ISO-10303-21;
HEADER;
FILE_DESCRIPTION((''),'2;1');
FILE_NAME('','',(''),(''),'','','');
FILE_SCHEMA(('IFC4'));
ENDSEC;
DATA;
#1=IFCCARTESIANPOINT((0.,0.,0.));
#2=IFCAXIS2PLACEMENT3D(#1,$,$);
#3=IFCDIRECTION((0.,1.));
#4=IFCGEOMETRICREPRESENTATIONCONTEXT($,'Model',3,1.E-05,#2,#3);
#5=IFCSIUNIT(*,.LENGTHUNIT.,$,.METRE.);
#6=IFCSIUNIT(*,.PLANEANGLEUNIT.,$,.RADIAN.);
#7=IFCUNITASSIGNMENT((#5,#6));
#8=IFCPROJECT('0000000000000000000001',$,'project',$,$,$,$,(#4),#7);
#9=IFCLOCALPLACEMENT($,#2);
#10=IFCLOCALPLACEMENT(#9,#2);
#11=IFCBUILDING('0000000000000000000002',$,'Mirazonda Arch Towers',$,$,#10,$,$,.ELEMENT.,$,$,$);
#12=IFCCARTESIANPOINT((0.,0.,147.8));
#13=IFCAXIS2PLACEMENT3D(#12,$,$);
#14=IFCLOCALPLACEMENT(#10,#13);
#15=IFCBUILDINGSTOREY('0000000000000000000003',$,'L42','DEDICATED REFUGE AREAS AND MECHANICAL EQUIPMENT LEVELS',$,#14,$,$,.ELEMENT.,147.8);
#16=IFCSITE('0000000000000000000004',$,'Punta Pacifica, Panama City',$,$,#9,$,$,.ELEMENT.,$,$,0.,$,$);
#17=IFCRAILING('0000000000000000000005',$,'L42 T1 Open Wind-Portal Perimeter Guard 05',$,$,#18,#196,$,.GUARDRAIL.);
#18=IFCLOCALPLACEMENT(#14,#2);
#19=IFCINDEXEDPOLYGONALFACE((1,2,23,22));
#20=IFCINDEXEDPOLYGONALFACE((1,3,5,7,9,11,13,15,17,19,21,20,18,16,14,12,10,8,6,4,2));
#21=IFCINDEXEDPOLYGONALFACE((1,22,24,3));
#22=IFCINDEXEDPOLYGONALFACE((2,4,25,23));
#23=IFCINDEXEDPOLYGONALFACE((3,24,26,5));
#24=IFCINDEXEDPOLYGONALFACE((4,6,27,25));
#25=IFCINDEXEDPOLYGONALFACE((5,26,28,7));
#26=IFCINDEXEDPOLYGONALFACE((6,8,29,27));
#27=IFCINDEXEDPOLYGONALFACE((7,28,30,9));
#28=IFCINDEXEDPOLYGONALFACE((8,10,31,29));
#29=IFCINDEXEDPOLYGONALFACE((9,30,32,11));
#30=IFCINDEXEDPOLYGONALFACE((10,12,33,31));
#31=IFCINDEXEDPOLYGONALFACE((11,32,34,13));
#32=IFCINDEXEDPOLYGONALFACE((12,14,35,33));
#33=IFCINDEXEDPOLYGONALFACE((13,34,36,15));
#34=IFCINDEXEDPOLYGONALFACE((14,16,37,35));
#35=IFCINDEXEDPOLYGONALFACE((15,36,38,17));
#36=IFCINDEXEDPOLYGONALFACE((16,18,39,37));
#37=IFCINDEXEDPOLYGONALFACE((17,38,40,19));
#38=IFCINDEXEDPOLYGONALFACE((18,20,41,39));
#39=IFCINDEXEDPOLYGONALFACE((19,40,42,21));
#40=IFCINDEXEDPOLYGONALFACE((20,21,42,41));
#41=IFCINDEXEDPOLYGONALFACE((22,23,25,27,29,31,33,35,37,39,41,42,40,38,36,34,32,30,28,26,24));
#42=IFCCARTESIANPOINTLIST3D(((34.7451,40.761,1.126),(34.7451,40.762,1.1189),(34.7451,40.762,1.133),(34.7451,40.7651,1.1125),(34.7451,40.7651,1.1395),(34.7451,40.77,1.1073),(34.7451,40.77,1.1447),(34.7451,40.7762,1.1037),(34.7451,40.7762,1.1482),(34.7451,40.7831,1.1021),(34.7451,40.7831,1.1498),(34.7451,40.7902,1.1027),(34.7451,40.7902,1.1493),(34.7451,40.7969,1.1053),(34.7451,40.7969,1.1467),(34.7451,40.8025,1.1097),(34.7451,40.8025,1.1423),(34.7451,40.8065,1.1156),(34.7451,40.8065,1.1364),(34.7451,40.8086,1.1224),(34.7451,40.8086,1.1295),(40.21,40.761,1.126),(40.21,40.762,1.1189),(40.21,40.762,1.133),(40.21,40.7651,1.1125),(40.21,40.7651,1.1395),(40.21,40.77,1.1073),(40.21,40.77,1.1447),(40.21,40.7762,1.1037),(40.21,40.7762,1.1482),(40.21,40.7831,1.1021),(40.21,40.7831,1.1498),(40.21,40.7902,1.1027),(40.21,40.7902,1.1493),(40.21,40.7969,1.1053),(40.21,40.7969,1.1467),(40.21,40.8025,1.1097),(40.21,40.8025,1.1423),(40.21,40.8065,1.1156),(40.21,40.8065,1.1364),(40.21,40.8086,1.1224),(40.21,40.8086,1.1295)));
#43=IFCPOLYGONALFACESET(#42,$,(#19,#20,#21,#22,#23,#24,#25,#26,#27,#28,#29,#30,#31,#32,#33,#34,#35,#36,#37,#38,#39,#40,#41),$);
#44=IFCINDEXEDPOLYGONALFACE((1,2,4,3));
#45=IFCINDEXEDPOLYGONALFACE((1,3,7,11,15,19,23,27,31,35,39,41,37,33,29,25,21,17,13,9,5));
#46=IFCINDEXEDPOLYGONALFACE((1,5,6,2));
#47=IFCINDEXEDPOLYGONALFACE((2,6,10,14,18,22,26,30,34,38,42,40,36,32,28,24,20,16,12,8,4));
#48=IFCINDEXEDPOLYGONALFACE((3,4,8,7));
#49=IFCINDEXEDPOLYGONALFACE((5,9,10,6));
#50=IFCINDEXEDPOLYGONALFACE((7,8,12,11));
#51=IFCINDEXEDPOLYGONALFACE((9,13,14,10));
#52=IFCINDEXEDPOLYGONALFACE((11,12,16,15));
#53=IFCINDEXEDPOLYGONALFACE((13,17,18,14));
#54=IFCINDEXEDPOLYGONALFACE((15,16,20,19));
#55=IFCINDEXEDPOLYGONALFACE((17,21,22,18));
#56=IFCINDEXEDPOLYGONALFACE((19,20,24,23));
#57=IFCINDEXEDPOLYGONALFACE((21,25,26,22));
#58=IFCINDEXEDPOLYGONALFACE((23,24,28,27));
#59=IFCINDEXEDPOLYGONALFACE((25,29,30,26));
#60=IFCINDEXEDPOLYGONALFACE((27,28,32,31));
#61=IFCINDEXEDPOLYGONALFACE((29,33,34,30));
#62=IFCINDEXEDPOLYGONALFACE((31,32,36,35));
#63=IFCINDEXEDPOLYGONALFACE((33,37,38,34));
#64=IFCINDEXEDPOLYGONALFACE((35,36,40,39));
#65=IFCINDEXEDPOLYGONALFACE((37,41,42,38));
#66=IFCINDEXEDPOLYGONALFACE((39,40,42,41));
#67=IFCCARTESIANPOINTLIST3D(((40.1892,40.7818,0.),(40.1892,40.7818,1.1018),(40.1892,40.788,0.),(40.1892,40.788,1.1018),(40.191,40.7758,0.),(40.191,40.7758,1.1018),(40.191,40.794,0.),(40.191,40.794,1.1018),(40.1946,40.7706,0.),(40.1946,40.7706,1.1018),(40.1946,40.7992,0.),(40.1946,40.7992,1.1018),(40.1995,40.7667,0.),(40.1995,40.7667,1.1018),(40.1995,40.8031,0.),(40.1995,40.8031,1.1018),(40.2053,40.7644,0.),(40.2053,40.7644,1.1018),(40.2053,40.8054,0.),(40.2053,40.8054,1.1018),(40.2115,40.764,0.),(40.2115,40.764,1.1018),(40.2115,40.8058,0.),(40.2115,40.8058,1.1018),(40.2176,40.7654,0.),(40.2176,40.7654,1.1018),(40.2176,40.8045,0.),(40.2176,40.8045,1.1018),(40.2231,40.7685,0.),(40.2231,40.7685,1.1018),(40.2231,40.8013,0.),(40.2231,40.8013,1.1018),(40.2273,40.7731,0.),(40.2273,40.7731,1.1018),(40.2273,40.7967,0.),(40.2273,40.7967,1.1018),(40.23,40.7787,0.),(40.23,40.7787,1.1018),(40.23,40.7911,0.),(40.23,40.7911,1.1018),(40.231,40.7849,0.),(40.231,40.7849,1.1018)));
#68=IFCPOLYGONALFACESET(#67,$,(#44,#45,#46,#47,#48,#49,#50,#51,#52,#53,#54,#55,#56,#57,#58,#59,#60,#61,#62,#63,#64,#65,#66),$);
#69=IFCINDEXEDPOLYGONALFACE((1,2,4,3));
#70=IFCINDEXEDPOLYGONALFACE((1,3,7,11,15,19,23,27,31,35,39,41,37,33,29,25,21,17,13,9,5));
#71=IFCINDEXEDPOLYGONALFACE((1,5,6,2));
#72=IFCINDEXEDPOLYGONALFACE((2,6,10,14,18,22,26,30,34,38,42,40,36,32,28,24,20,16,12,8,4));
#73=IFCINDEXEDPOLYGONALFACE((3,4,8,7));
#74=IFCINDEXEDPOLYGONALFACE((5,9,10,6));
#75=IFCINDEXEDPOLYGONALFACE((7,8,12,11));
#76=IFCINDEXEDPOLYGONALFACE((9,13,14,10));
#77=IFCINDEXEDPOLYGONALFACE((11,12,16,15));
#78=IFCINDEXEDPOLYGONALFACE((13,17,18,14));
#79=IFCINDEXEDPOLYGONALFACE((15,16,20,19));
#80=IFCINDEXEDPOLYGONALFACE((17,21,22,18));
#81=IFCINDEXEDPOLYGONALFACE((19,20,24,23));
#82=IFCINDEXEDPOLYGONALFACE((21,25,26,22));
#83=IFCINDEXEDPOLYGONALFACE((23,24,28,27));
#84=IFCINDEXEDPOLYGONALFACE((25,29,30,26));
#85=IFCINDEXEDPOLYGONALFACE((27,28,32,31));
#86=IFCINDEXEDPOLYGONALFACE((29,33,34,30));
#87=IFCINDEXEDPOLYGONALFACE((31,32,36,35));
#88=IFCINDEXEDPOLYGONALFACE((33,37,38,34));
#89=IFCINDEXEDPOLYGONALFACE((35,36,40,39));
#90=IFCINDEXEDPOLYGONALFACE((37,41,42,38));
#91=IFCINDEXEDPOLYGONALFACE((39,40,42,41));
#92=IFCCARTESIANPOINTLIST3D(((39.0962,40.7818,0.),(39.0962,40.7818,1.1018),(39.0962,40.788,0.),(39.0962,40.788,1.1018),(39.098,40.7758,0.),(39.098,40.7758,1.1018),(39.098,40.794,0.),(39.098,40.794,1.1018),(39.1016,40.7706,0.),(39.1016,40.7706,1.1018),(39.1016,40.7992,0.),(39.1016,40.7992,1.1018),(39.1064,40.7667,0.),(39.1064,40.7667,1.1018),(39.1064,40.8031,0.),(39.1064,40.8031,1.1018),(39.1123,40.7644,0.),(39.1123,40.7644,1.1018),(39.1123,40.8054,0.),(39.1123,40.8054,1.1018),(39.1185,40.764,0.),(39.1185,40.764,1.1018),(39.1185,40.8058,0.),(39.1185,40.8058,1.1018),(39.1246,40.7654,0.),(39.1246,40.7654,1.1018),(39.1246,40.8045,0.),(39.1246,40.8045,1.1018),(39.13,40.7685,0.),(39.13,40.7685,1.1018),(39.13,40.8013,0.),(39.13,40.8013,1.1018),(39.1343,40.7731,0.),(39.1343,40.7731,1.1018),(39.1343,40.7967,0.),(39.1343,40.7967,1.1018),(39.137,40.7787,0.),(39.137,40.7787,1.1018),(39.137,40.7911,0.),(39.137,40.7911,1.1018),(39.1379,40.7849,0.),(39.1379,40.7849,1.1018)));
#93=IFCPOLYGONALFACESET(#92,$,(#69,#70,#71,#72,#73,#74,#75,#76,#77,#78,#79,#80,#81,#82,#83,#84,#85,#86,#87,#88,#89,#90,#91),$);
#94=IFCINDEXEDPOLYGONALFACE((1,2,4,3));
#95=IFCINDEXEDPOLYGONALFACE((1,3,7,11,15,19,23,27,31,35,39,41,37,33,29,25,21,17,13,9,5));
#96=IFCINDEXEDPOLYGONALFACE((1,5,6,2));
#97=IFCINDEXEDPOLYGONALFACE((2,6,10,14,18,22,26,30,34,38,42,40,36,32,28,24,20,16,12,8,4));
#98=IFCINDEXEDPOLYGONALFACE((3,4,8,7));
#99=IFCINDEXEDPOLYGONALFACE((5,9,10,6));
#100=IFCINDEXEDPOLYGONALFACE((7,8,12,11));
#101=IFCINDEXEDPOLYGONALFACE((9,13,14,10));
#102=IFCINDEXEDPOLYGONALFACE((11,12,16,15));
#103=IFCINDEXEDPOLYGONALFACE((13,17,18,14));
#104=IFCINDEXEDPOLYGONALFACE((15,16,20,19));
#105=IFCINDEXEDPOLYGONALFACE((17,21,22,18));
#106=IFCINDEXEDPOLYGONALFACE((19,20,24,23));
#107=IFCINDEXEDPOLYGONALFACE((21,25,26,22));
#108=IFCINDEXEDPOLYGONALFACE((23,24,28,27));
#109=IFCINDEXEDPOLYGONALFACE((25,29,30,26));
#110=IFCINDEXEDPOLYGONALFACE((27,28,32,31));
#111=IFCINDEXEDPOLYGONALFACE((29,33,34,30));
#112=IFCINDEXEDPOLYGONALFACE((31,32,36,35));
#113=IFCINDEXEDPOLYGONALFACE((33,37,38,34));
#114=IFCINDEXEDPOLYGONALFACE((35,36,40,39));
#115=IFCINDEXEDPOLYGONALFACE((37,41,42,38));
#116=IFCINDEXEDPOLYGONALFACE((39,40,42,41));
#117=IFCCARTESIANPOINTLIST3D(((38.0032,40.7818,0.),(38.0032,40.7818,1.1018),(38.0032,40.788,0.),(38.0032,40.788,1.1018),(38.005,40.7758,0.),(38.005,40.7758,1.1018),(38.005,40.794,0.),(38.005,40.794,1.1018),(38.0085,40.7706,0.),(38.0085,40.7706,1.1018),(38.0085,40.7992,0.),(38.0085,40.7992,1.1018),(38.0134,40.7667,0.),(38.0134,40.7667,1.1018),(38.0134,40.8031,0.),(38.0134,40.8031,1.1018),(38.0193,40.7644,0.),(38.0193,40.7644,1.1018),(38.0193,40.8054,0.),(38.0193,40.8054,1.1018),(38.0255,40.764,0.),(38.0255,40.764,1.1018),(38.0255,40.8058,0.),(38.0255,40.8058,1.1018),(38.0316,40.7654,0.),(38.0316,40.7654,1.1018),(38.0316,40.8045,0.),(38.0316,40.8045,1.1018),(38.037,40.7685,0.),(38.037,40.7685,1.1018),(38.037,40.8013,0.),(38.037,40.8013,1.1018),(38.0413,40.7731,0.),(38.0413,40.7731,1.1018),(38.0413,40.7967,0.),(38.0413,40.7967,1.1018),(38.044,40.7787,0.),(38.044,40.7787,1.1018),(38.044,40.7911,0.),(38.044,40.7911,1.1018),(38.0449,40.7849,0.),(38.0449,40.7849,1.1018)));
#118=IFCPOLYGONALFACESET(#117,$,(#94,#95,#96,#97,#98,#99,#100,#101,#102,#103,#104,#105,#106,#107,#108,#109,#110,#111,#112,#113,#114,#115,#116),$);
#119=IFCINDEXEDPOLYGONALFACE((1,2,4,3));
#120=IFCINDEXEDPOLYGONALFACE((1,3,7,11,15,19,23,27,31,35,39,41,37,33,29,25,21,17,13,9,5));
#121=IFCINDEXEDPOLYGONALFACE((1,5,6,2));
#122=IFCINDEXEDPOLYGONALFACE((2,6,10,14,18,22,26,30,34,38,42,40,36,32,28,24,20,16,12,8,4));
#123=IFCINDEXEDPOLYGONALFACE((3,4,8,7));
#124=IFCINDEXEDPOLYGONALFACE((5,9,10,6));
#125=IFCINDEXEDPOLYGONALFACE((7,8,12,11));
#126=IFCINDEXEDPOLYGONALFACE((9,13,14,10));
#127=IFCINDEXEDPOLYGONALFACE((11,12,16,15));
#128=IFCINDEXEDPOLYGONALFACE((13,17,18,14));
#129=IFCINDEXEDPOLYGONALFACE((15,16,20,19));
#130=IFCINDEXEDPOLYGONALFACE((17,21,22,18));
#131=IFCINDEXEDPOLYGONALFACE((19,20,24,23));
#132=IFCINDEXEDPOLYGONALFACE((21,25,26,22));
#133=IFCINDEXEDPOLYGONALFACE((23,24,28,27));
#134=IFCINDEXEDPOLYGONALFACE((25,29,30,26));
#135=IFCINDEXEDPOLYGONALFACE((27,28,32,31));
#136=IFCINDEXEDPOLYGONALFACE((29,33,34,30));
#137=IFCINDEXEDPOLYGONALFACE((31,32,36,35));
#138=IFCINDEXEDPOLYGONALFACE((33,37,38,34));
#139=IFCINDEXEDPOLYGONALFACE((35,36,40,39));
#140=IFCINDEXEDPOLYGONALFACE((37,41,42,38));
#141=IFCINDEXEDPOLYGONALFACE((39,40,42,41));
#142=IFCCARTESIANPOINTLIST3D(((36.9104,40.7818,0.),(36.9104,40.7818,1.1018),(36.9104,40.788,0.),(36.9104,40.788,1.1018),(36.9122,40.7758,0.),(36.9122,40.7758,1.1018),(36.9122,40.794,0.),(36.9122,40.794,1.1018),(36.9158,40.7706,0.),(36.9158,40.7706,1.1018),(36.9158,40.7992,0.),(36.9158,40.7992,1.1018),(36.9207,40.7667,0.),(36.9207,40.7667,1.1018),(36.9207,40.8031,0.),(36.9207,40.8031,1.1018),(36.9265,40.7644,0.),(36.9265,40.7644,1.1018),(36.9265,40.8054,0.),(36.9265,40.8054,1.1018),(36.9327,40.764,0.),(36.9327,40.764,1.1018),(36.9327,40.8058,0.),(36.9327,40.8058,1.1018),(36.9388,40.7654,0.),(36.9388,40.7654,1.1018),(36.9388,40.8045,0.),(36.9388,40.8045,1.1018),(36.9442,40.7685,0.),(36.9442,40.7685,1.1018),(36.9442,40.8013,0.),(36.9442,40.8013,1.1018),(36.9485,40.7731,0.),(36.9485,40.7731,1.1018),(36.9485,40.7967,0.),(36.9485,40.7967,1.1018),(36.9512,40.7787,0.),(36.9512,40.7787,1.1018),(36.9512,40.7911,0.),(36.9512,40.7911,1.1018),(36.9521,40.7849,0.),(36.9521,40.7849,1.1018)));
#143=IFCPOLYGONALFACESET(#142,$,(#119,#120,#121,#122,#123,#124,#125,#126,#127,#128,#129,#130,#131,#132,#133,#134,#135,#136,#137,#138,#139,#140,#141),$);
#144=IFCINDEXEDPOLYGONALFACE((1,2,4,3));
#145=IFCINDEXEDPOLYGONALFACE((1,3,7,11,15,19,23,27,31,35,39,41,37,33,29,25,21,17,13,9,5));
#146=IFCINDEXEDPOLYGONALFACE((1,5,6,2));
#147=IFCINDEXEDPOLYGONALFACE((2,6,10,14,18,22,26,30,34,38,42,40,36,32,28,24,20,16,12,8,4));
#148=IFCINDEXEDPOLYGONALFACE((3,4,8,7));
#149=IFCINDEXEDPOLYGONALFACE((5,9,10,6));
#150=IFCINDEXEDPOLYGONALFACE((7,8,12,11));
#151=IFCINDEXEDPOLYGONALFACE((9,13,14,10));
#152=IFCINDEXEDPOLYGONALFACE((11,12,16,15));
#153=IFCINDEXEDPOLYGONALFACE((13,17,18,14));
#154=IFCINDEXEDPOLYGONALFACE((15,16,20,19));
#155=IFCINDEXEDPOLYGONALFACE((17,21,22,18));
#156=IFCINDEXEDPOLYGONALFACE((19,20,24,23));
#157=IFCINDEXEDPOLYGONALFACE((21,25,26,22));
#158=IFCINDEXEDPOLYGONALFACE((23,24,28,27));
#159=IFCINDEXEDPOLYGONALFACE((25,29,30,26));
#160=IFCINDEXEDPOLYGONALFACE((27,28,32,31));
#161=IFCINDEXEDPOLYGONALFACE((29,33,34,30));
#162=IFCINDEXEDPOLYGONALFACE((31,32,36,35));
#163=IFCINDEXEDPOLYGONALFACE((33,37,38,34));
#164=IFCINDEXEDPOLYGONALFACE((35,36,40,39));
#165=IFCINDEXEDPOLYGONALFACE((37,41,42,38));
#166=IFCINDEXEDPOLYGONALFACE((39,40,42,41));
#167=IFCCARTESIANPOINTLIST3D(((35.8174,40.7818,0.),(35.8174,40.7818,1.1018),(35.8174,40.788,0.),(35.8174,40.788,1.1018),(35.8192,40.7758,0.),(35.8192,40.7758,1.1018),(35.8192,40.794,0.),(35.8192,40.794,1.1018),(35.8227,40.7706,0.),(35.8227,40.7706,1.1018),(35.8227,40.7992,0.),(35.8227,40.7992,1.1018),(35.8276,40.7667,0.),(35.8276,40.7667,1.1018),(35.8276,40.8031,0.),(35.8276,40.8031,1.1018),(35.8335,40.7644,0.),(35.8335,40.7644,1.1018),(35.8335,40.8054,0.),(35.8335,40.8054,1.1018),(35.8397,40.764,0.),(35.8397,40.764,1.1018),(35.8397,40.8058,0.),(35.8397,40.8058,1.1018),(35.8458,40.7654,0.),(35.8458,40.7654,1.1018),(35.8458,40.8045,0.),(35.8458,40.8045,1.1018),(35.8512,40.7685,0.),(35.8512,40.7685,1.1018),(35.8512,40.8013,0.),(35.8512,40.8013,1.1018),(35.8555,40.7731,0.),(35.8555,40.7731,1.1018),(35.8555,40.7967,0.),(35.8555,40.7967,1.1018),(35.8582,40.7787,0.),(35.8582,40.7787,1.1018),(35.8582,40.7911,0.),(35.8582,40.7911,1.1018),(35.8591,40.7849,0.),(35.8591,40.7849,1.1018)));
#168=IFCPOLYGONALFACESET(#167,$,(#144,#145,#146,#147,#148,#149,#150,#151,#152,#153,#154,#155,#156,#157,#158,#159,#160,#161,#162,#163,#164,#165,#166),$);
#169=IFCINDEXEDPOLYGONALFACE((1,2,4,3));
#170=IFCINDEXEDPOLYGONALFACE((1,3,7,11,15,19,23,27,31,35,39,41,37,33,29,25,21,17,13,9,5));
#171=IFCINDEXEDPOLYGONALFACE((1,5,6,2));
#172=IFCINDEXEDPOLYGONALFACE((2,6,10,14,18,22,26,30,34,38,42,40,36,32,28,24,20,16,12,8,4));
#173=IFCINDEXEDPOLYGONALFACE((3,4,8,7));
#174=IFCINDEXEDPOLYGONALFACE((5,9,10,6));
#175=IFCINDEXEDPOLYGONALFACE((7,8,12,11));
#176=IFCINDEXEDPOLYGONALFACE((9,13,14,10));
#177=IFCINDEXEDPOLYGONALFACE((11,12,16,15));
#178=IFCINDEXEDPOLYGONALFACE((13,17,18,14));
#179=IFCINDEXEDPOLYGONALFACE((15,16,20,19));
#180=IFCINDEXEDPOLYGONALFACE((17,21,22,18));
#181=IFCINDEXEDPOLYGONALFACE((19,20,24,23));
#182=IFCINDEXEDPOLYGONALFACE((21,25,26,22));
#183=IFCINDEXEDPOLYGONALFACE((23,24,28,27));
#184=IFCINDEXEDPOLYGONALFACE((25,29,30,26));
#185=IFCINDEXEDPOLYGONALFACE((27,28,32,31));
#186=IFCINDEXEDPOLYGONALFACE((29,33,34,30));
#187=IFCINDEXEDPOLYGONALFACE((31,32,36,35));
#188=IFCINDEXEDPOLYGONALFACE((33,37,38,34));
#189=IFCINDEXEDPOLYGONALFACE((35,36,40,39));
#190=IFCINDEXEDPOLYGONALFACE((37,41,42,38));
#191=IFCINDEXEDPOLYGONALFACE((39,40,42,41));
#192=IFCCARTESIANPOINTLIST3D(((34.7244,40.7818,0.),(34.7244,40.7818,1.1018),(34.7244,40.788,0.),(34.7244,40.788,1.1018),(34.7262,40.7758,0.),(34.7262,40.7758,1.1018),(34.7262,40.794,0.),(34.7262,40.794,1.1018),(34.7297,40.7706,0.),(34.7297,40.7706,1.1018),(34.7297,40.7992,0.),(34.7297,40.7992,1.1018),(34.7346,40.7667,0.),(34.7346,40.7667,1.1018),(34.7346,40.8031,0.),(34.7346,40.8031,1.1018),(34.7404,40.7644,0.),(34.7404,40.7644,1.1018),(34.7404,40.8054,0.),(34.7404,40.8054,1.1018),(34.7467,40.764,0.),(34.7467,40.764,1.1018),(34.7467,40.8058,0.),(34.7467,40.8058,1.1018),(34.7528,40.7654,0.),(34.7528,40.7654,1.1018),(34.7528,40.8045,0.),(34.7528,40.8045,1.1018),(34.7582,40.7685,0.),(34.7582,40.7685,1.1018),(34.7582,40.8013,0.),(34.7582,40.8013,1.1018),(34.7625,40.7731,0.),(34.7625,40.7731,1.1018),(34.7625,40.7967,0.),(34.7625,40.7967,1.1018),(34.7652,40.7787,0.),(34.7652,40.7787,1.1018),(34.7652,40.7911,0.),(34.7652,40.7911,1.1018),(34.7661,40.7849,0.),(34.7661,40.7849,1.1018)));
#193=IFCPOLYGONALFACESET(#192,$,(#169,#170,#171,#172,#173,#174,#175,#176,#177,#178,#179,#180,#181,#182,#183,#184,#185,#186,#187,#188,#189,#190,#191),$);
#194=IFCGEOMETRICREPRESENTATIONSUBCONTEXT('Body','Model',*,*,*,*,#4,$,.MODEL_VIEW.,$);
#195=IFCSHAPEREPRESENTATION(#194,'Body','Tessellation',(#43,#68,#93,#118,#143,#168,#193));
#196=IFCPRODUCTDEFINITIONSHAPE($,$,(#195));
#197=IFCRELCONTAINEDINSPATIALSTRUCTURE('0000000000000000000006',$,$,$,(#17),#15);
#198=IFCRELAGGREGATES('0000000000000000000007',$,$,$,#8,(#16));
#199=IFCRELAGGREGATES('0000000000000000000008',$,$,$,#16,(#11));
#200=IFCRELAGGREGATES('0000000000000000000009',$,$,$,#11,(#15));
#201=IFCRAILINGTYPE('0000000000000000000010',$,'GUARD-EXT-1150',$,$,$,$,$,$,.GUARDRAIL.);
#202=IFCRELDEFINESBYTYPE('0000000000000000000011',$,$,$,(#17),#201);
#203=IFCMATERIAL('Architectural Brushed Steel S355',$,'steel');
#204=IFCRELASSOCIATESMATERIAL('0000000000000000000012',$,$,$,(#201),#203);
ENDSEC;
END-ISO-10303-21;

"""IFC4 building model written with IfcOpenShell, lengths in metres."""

from ifc_helpers import new_model, si_unit, direction, frame, origin, origin_2d, place, context, subcontext, project, spatial, circle, extrude, material, type_object, element, save


model = new_model("IFC4")

# Units and contexts
model_context = context("Model", 3, precision=1e-05, world=origin(), true_north=direction((0.0, 1.0)))
body_context = subcontext(model_context, "Body", "Model", "MODEL_VIEW")
ifc_project = project(units=[si_unit("LENGTHUNIT", "METRE"), si_unit("PLANEANGLEUNIT", "RADIAN")], contexts=[model_context])

# Site, building, storey
site_placement = place(None, origin())
site = spatial("IfcSite", under=ifc_project, at=site_placement, Name="Punta Pacifica, Panama City", CompositionType="ELEMENT", RefElevation=0.0)
building_placement = place(site_placement, origin())
building = spatial("IfcBuilding", under=site, at=building_placement, Name="Mirazonda Arch Towers", CompositionType="ELEMENT")
storey_placement = place(building_placement, frame((0.0, 0.0, 147.8)))
storey = spatial("IfcBuildingStorey", under=building, at=storey_placement, Name="L42", Description="DEDICATED REFUGE AREAS AND MECHANICAL EQUIPMENT LEVELS", CompositionType="ELEMENT", Elevation=147.8)

# Railing
ifc_material_1 = material(Name="Architectural Brushed Steel S355", Category="steel")
railing_type = type_object("IfcRailingType", Name="GUARD-EXT-1150", PredefinedType="GUARDRAIL", material=ifc_material_1)
railing_1_placement = place(storey_placement, frame((40.21, 40.7849, 0.0)))
element("IfcRailing", 1, at=railing_1_placement, inside=storey, type_object=railing_type, Name="L42 T1 Open Wind-Portal Perimeter Guard 05", PredefinedType="GUARDRAIL", context=body_context, shape_type="SweptSolid", body=[
    extrude(circle(Radius=0.0239, at=origin_2d()), frame((0.0, 0.0, 1.126), z_axis=(-1.0, 0.0, 0.0), x_axis=(0.0, -1.0, 0.0)), (0.0, 0.0, 1.0), 5.4648),
    extrude(circle(Radius=0.021, at=origin_2d()), origin(), (0.0, 0.0, 1.0), 1.1018),
    extrude(circle(Radius=0.021, at=origin_2d()), frame((-1.093, 0.0, 0.0)), (0.0, 0.0, 1.0), 1.1018),
    extrude(circle(Radius=0.021, at=origin_2d()), frame((-2.186, 0.0, 0.0)), (0.0, 0.0, 1.0), 1.1018),
    extrude(circle(Radius=0.021, at=origin_2d()), frame((-3.2788, 0.0, 0.0)), (0.0, 0.0, 1.0), 1.1018),
    extrude(circle(Radius=0.021, at=origin_2d()), frame((-4.3718, 0.0, 0.0)), (0.0, 0.0, 1.0), 1.1018),
    extrude(circle(Radius=0.021, at=origin_2d()), frame((-5.4648, 0.0, 0.0)), (0.0, 0.0, 1.0), 1.1018),
])

save(model, "model.ifc")
